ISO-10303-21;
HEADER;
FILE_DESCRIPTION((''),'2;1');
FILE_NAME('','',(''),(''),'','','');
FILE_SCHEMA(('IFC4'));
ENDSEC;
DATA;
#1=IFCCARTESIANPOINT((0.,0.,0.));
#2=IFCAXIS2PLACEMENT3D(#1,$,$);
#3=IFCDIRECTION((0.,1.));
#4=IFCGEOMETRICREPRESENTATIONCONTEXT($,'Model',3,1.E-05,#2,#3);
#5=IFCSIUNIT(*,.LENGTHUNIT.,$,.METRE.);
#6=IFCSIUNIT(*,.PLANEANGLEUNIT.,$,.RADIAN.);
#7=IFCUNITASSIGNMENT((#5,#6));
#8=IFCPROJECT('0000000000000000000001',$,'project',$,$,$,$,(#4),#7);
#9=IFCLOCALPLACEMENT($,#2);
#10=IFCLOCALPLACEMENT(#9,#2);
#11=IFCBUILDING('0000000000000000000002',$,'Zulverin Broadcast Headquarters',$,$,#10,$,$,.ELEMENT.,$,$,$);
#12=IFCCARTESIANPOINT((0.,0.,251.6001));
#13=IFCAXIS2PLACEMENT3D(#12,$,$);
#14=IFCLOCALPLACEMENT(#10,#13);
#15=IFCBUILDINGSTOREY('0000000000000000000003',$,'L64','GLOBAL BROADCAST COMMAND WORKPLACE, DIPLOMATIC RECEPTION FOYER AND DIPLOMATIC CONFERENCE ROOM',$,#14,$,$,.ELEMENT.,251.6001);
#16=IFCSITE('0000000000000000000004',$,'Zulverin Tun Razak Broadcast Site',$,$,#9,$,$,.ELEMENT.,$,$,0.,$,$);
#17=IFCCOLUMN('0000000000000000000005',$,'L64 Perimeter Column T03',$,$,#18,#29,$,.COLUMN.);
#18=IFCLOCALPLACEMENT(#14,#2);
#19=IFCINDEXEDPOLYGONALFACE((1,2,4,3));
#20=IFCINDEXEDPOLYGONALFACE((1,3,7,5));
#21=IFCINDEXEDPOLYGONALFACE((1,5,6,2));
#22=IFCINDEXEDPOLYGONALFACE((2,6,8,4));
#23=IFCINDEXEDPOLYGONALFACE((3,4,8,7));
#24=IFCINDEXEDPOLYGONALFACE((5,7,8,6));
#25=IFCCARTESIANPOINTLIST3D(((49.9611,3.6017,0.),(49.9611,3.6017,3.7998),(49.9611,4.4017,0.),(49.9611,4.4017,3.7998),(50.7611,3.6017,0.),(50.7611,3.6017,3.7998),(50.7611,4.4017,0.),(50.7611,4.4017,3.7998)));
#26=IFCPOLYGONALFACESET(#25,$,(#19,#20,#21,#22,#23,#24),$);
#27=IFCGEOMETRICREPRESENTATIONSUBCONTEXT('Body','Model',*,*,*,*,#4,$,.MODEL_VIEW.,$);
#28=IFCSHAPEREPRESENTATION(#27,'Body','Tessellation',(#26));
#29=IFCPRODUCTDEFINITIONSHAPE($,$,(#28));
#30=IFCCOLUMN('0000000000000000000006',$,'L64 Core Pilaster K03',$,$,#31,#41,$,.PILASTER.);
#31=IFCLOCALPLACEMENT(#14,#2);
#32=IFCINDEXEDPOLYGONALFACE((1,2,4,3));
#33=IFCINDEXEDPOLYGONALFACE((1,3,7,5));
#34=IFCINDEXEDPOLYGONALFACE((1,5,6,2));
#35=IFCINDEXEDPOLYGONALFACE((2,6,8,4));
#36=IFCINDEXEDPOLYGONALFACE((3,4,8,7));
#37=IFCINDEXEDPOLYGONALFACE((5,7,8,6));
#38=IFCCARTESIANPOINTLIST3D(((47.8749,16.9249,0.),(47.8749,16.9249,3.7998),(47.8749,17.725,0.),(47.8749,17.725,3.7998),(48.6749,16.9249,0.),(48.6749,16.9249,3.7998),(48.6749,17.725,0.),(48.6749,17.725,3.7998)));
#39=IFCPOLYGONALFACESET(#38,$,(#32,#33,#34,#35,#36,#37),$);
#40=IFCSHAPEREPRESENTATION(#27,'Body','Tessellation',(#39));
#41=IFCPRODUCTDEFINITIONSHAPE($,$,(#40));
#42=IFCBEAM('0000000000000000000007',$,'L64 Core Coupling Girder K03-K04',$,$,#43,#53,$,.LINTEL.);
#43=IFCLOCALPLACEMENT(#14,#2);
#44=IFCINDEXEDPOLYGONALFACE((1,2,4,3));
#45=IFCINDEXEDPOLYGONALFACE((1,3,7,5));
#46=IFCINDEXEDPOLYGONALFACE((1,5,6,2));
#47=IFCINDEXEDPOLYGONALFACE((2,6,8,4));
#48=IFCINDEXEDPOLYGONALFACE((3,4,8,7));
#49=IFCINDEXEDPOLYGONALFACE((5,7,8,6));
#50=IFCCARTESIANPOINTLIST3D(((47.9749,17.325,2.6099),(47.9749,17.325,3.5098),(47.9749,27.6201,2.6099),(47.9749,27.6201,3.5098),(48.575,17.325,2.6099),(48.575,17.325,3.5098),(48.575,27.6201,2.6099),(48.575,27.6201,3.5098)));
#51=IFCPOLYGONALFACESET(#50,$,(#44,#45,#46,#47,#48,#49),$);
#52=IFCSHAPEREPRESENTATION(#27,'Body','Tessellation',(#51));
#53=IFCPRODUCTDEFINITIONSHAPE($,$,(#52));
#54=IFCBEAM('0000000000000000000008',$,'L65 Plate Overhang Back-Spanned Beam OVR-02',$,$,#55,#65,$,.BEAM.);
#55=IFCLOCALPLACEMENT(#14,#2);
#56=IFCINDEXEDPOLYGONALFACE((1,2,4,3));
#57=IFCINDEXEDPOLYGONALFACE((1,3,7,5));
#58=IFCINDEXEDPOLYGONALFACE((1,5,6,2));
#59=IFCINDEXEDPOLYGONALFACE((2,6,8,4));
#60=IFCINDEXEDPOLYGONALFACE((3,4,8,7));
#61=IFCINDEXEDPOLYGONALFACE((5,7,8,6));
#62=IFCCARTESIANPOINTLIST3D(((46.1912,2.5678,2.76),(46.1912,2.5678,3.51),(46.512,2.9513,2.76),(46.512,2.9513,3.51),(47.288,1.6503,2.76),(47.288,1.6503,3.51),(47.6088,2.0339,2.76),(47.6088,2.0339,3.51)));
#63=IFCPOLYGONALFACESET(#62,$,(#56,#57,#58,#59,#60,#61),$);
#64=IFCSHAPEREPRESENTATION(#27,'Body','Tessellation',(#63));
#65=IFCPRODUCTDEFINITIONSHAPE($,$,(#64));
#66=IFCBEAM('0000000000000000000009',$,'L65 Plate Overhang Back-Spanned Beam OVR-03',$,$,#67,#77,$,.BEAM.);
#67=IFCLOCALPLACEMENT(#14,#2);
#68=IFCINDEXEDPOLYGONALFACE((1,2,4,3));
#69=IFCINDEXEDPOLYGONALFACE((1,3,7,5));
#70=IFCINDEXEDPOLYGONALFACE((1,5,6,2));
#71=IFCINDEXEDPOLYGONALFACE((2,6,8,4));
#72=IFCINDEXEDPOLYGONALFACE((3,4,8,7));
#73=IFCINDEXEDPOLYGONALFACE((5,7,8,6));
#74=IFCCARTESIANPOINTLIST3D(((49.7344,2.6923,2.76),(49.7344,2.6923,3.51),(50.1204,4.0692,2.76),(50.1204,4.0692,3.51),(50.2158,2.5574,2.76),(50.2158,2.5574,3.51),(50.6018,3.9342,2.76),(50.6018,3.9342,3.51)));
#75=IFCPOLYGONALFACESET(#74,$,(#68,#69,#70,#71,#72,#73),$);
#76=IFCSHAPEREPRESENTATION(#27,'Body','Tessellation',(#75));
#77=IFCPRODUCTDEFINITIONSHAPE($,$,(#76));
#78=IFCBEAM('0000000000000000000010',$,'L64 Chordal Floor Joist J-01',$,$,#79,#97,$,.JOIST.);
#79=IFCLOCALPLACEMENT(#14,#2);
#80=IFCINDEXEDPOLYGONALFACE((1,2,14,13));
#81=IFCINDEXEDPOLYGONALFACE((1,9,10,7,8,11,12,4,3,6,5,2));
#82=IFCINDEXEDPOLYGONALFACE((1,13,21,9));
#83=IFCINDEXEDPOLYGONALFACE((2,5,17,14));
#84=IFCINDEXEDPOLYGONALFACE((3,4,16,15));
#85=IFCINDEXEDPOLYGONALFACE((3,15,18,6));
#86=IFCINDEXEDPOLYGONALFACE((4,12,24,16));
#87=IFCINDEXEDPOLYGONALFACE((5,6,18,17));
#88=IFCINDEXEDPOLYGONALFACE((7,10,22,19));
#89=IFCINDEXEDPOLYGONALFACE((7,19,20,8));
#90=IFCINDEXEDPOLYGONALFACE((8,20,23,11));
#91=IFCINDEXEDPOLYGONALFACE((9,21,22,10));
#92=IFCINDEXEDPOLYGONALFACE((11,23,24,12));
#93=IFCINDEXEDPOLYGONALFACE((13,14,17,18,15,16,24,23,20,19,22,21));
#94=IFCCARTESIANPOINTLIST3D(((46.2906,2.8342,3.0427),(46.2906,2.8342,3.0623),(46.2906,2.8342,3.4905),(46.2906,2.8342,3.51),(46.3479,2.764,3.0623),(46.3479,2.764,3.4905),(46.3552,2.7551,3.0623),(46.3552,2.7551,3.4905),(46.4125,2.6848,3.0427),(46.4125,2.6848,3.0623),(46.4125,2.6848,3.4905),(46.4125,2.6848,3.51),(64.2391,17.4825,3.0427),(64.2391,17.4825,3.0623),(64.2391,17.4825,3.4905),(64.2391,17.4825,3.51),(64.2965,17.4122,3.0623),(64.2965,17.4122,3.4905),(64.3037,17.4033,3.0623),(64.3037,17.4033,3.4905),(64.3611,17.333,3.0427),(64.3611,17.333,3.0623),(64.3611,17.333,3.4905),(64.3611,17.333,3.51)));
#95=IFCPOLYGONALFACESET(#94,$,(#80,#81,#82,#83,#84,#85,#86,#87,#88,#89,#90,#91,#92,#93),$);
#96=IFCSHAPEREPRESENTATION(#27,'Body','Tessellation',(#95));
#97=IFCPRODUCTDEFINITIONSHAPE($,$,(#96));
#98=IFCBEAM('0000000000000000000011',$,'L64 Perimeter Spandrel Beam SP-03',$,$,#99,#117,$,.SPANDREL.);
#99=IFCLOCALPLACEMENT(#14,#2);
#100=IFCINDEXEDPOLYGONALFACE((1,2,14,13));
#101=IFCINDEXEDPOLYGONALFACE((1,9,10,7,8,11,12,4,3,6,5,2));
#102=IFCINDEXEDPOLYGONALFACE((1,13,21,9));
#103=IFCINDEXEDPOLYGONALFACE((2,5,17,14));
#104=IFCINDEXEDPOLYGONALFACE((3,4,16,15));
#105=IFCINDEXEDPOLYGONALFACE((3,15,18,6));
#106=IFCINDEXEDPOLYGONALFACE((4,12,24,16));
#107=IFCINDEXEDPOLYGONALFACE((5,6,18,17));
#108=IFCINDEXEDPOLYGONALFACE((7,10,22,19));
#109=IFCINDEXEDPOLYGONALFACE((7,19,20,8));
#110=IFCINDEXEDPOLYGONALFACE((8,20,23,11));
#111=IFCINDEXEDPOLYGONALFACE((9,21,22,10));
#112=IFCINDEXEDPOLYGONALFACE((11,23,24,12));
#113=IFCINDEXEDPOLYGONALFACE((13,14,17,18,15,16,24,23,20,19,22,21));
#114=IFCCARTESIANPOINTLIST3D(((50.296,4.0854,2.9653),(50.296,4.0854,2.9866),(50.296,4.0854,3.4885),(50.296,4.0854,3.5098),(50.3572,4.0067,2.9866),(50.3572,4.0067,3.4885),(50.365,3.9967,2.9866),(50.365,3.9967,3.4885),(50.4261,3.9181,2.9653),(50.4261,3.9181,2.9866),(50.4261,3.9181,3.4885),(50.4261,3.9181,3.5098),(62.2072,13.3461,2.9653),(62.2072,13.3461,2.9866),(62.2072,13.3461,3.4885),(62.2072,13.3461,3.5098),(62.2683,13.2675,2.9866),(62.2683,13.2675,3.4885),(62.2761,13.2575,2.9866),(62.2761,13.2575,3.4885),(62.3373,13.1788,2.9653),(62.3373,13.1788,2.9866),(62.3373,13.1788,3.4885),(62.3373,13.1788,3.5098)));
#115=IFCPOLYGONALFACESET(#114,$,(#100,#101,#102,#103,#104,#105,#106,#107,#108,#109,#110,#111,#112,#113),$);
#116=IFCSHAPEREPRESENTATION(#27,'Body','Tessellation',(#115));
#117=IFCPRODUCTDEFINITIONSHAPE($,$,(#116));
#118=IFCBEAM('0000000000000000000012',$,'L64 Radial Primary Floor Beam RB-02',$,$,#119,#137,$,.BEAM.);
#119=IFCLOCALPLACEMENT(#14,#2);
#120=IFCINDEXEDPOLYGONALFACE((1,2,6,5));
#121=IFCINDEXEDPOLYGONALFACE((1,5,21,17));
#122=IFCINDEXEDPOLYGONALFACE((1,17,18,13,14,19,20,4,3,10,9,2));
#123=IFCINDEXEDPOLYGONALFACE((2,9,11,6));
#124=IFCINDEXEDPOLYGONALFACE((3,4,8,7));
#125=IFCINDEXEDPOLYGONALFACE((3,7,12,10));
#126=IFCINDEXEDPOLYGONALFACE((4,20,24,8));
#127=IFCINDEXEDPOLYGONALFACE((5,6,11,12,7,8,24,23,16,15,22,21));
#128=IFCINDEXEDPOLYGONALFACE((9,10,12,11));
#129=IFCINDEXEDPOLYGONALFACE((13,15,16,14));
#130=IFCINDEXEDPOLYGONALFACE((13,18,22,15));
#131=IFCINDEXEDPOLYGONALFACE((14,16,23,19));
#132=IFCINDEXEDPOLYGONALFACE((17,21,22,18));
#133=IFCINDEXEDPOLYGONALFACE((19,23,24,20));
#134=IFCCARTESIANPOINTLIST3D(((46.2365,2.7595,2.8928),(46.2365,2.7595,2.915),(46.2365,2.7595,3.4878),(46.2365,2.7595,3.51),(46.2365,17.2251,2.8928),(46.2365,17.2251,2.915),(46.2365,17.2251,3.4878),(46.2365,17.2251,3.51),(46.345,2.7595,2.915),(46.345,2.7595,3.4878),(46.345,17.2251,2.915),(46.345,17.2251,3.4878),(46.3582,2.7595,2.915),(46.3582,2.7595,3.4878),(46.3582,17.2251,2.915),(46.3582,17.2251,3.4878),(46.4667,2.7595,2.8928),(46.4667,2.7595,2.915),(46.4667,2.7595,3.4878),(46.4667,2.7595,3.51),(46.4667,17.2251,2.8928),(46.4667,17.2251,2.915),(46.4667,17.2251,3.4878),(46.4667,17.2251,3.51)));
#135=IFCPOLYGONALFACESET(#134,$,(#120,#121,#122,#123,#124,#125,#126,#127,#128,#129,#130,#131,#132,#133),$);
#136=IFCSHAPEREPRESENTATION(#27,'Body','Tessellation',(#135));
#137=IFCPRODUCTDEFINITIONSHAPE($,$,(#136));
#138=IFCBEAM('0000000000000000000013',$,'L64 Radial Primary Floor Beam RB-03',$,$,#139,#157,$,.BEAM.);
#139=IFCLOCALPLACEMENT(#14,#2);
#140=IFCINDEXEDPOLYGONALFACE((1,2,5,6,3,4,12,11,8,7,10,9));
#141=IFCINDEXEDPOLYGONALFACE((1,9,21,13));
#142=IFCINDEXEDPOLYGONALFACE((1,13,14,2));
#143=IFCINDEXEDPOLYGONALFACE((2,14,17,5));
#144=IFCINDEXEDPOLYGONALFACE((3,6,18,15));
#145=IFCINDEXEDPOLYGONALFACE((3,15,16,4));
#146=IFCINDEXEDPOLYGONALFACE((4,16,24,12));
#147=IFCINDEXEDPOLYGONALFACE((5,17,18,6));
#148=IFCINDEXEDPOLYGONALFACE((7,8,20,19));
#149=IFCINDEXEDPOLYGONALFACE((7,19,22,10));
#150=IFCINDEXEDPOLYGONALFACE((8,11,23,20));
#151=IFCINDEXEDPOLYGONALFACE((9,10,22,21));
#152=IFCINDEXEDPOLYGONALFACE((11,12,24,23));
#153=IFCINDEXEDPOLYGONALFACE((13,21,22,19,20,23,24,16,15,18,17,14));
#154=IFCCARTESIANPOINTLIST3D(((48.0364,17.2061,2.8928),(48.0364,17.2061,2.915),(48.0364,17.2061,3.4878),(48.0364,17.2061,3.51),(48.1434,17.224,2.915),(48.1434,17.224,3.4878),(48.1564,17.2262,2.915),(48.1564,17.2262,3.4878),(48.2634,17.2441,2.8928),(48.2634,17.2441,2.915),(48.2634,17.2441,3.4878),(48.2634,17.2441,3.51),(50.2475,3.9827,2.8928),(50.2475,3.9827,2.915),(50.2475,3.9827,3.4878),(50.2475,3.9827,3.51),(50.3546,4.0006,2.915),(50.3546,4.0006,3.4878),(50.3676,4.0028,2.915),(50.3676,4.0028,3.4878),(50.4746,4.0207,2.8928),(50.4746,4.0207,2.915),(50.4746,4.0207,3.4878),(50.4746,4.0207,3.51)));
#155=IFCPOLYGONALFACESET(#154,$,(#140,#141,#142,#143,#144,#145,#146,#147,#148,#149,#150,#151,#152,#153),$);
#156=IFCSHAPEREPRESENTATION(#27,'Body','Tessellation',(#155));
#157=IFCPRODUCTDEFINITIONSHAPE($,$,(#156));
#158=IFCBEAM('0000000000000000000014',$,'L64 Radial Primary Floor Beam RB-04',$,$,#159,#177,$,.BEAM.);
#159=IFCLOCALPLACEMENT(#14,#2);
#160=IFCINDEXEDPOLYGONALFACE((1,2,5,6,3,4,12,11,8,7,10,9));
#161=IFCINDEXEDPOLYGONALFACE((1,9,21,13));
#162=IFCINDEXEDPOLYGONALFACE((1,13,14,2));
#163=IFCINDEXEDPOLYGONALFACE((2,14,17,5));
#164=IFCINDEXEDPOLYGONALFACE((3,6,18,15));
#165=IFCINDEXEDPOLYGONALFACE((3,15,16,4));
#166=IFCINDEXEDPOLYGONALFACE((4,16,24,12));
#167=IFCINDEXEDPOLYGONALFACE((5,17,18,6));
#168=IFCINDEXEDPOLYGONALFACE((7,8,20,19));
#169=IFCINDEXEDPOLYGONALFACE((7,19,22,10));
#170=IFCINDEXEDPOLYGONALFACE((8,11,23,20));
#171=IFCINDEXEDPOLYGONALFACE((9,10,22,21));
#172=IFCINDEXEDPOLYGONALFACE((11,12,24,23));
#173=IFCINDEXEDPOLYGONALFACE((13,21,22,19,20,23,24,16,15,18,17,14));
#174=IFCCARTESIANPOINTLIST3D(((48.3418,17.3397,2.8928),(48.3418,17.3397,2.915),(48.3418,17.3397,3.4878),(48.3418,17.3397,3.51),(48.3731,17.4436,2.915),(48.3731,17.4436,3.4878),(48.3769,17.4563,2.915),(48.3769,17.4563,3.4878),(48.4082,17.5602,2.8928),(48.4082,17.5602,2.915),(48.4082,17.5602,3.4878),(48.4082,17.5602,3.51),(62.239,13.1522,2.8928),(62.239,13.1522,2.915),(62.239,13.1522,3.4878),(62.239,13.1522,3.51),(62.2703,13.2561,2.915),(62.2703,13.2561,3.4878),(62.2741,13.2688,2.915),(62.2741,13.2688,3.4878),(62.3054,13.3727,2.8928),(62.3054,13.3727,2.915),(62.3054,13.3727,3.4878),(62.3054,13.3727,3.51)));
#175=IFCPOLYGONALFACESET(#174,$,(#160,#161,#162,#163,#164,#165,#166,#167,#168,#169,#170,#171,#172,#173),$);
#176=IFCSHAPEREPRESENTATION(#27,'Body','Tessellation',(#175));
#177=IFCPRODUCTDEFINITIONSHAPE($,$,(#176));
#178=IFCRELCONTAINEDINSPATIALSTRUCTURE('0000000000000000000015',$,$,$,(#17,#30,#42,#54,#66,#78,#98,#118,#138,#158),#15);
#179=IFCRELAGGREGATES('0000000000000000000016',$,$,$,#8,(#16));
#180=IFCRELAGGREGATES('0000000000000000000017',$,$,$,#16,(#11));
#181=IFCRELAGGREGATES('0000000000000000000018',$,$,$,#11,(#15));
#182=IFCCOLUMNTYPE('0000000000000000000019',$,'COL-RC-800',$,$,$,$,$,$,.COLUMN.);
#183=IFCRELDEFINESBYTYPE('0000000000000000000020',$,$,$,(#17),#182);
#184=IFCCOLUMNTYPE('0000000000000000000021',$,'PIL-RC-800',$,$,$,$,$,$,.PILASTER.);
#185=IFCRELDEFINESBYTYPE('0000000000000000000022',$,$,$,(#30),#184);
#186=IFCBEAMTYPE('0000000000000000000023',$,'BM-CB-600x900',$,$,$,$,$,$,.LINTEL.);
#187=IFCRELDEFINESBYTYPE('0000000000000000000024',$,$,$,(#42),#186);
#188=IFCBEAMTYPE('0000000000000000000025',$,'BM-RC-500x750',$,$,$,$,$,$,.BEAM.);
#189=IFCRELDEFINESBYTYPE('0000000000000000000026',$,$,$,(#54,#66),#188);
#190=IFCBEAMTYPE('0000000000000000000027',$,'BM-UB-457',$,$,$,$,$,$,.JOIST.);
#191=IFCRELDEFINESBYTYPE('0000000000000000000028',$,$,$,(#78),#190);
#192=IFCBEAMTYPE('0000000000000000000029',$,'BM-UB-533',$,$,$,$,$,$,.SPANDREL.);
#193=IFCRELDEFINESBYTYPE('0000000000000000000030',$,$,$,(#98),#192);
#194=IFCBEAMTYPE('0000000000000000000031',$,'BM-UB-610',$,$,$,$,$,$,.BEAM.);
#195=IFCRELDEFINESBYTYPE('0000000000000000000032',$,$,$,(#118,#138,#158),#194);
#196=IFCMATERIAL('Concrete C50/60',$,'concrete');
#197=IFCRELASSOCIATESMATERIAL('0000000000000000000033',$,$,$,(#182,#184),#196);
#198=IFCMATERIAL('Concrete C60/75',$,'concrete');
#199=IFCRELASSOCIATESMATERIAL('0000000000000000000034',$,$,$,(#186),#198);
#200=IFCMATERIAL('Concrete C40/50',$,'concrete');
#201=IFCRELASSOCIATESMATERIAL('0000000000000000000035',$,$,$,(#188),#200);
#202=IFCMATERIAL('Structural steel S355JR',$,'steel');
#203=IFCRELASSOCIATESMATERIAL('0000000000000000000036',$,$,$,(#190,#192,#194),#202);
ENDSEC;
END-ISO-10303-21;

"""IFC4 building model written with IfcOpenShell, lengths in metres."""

from ifc_helpers import new_model, si_unit, direction, frame, origin, origin_2d, place, context, subcontext, project, spatial, rectangle, i_section, extrude, material, material_profile, profile_set, type_object, element, save


model = new_model("IFC4")

# Units and contexts
model_context = context("Model", 3, precision=1e-05, world=origin(), true_north=direction((0.0, 1.0)))
body_context = subcontext(model_context, "Body", "Model", "MODEL_VIEW")
ifc_project = project(units=[si_unit("LENGTHUNIT", "METRE"), si_unit("PLANEANGLEUNIT", "RADIAN")], contexts=[model_context])

# Site, building, storey
site_placement = place(None, origin())
site = spatial("IfcSite", under=ifc_project, at=site_placement, Name="Zulverin Tun Razak Broadcast Site", CompositionType="ELEMENT", RefElevation=0.0)
building_placement = place(site_placement, origin())
building = spatial("IfcBuilding", under=site, at=building_placement, Name="Zulverin Broadcast Headquarters", CompositionType="ELEMENT")
storey_placement = place(building_placement, frame((0.0, 0.0, 251.6001)))
storey = spatial("IfcBuildingStorey", under=building, at=storey_placement, Name="L64", Description="GLOBAL BROADCAST COMMAND WORKPLACE, DIPLOMATIC RECEPTION FOYER AND DIPLOMATIC CONFERENCE ROOM", CompositionType="ELEMENT", Elevation=251.6001)

# Columns
ifc_material_1 = material(Name="Concrete C50/60", Category="concrete")
ifc_material_profile_1 = material_profile(ifc_material_1, rectangle(XDim=0.8, YDim=0.8, at=origin_2d()), Name="Concrete C50/60", Category="concrete")
ifc_profile_set_1 = profile_set([ifc_material_profile_1], Name="Concrete C50/60")
column_type_1 = type_object("IfcColumnType", Name="COL-RC-800", PredefinedType="COLUMN", material=ifc_profile_set_1)
column_1_placement = place(storey_placement, frame((50.3611, 4.0017, 0.0), z_axis=(0.0, 0.0, 1.0), x_axis=(1.0, 0.0, 0.0)))
element("IfcColumn", 1, at=column_1_placement, inside=storey, type_object=column_type_1, Name="L64 Perimeter Column T03", PredefinedType="COLUMN", context=body_context, shape_type="SweptSolid", body=[
    extrude(rectangle(XDim=0.8, YDim=0.8, at=origin_2d()), origin(), (0.0, 0.0, 1.0), 3.7998),
])
ifc_material_profile_2 = material_profile(ifc_material_1, rectangle(XDim=0.8, YDim=0.8, at=origin_2d()), Name="Concrete C50/60", Category="concrete")
ifc_profile_set_2 = profile_set([ifc_material_profile_2], Name="Concrete C50/60")
column_type_2 = type_object("IfcColumnType", Name="PIL-RC-800", PredefinedType="PILASTER", material=ifc_profile_set_2)
column_2_placement = place(storey_placement, frame((48.2749, 17.325, 0.0), z_axis=(0.0, 0.0, 1.0), x_axis=(1.0, 0.0, 0.0)))
element("IfcColumn", 2, at=column_2_placement, inside=storey, type_object=column_type_2, Name="L64 Core Pilaster K03", PredefinedType="PILASTER", context=body_context, shape_type="SweptSolid", body=[
    extrude(rectangle(XDim=0.8, YDim=0.8, at=origin_2d()), origin(), (0.0, 0.0, 1.0), 3.7998),
])

# Beams
ifc_material_2 = material(Name="Concrete C60/75", Category="concrete")
ifc_material_profile_3 = material_profile(ifc_material_2, rectangle(XDim=0.6001, YDim=0.8999, at=origin_2d()), Name="Concrete C60/75", Category="concrete")
ifc_profile_set_3 = profile_set([ifc_material_profile_3], Name="Concrete C60/75")
beam_type_1 = type_object("IfcBeamType", Name="BM-CB-600x900", PredefinedType="LINTEL", material=ifc_profile_set_3)
beam_1_placement = place(storey_placement, frame((48.2749, 17.325, 3.0598), z_axis=(0.0, 1.0, 0.0), x_axis=(-1.0, 0.0, 0.0)))
element("IfcBeam", 3, at=beam_1_placement, inside=storey, type_object=beam_type_1, Name="L64 Core Coupling Girder K03-K04", PredefinedType="LINTEL", context=body_context, shape_type="SweptSolid", body=[
    extrude(rectangle(XDim=0.6001, YDim=0.8999, at=origin_2d()), origin(), (0.0, 0.0, 1.0), 10.2952),
])
ifc_material_3 = material(Name="Concrete C40/50", Category="concrete")
ifc_material_profile_4 = material_profile(ifc_material_3, rectangle(XDim=0.5, YDim=0.75, at=origin_2d()), Name="Concrete C40/50", Category="concrete")
ifc_profile_set_4 = profile_set([ifc_material_profile_4], Name="Concrete C40/50")
beam_type_2 = type_object("IfcBeamType", Name="BM-RC-500x750", PredefinedType="BEAM", material=ifc_profile_set_4)
for number, where, z_axis, x_axis, name in (
    (4, (46.3516, 2.7595, 3.135), (0.767059, -0.641577, 0.0), (0.641577, 0.767059, 0.0), "L65 Plate Overhang Back-Spanned Beam OVR-02"),
    (5, (50.3611, 4.0017, 3.135), (-0.269915, -0.962884, 0.0), (0.962884, -0.269915, 0.0), "L65 Plate Overhang Back-Spanned Beam OVR-03"),
):
    element("IfcBeam", number, at=place(storey_placement, frame(where, z_axis=z_axis, x_axis=x_axis)), inside=storey, type_object=beam_type_2, Name=name, PredefinedType="BEAM", context=body_context, shape_type="SweptSolid", body=[
        extrude(rectangle(XDim=0.5, YDim=0.75, at=origin_2d()), origin(), (0.0, 0.0, 1.0), 1.4299),
    ])
ifc_material_4 = material(Name="Structural steel S355JR", Category="steel")
ifc_material_profile_5 = material_profile(ifc_material_4, i_section(OverallWidth=0.1929, OverallDepth=0.4673, WebThickness=0.0115, FlangeThickness=0.0195, at=origin_2d()), Name="Structural steel S355JR", Category="steel")
ifc_profile_set_5 = profile_set([ifc_material_profile_5], Name="Structural steel S355JR")
beam_type_3 = type_object("IfcBeamType", Name="BM-UB-457", PredefinedType="JOIST", material=ifc_profile_set_5)
beam_2_placement = place(storey_placement, frame((46.3516, 2.7595, 3.2764), z_axis=(0.774738, 0.632282, 0.0), x_axis=(-0.632282, 0.774738, 0.0)))
element("IfcBeam", 6, at=beam_2_placement, inside=storey, type_object=beam_type_3, Name="L64 Chordal Floor Joist J-01", PredefinedType="JOIST", context=body_context, shape_type="SweptSolid", body=[
    extrude(i_section(OverallWidth=0.1929, OverallDepth=0.4673, WebThickness=0.0115, FlangeThickness=0.0195, at=origin_2d()), origin(), (0.0, 0.0, 1.0), 23.1672),
])
ifc_material_profile_6 = material_profile(ifc_material_4, i_section(OverallWidth=0.2119, OverallDepth=0.5444, WebThickness=0.0127, FlangeThickness=0.0212, at=origin_2d()), Name="Structural steel S355JR", Category="steel")
ifc_profile_set_6 = profile_set([ifc_material_profile_6], Name="Structural steel S355JR")
beam_type_4 = type_object("IfcBeamType", Name="BM-UB-533", PredefinedType="SPANDREL", material=ifc_profile_set_6)
beam_3_placement = place(storey_placement, frame((50.3611, 4.0017, 3.2375), z_axis=(0.789464, 0.613797, 0.0), x_axis=(-0.613797, 0.789464, 0.0)))
element("IfcBeam", 7, at=beam_3_placement, inside=storey, type_object=beam_type_4, Name="L64 Perimeter Spandrel Beam SP-03", PredefinedType="SPANDREL", context=body_context, shape_type="SweptSolid", body=[
    extrude(i_section(OverallWidth=0.2119, OverallDepth=0.5444, WebThickness=0.0127, FlangeThickness=0.0212, at=origin_2d()), origin(), (0.0, 0.0, 1.0), 15.0876),
])
ifc_material_profile_7 = material_profile(ifc_material_4, i_section(OverallWidth=0.2302, OverallDepth=0.6172, WebThickness=0.0132, FlangeThickness=0.0222, at=origin_2d()), Name="Structural steel S355JR", Category="steel")
ifc_profile_set_7 = profile_set([ifc_material_profile_7], Name="Structural steel S355JR")
beam_type_5 = type_object("IfcBeamType", Name="BM-UB-610", PredefinedType="BEAM", material=ifc_profile_set_7)
beam_4_placement = place(storey_placement, frame((46.3516, 17.2251, 3.2014), z_axis=(0.0, -1.0, 0.0), x_axis=(1.0, 0.0, 0.0)))
element("IfcBeam", 8, at=beam_4_placement, inside=storey, type_object=beam_type_5, Name="L64 Radial Primary Floor Beam RB-02", PredefinedType="BEAM", context=body_context, shape_type="SweptSolid", body=[
    extrude(i_section(OverallWidth=0.2302, OverallDepth=0.6172, WebThickness=0.0132, FlangeThickness=0.0222, at=origin_2d()), origin(), (0.0, 0.0, 1.0), 14.4656),
])
beam_5_placement = place(storey_placement, frame((48.1499, 17.2251, 3.2014), z_axis=(0.164928, -0.986306, 0.0), x_axis=(0.986306, 0.164928, 0.0)))
element("IfcBeam", 9, at=beam_5_placement, inside=storey, type_object=beam_type_5, Name="L64 Radial Primary Floor Beam RB-03", PredefinedType="BEAM", context=body_context, shape_type="SweptSolid", body=[
    extrude(i_section(OverallWidth=0.2302, OverallDepth=0.6172, WebThickness=0.0132, FlangeThickness=0.0222, at=origin_2d()), origin(), (0.0, 0.0, 1.0), 13.407),
])
beam_6_placement = place(storey_placement, frame((48.375, 17.45, 3.2014), z_axis=(0.957478, -0.288507, 0.0), x_axis=(0.288507, 0.957478, 0.0)))
element("IfcBeam", 10, at=beam_6_placement, inside=storey, type_object=beam_type_5, Name="L64 Radial Primary Floor Beam RB-04", PredefinedType="BEAM", context=body_context, shape_type="SweptSolid", body=[
    extrude(i_section(OverallWidth=0.2302, OverallDepth=0.6172, WebThickness=0.0132, FlangeThickness=0.0222, at=origin_2d()), origin(), (0.0, 0.0, 1.0), 14.5144),
])

save(model, "model.ifc")
